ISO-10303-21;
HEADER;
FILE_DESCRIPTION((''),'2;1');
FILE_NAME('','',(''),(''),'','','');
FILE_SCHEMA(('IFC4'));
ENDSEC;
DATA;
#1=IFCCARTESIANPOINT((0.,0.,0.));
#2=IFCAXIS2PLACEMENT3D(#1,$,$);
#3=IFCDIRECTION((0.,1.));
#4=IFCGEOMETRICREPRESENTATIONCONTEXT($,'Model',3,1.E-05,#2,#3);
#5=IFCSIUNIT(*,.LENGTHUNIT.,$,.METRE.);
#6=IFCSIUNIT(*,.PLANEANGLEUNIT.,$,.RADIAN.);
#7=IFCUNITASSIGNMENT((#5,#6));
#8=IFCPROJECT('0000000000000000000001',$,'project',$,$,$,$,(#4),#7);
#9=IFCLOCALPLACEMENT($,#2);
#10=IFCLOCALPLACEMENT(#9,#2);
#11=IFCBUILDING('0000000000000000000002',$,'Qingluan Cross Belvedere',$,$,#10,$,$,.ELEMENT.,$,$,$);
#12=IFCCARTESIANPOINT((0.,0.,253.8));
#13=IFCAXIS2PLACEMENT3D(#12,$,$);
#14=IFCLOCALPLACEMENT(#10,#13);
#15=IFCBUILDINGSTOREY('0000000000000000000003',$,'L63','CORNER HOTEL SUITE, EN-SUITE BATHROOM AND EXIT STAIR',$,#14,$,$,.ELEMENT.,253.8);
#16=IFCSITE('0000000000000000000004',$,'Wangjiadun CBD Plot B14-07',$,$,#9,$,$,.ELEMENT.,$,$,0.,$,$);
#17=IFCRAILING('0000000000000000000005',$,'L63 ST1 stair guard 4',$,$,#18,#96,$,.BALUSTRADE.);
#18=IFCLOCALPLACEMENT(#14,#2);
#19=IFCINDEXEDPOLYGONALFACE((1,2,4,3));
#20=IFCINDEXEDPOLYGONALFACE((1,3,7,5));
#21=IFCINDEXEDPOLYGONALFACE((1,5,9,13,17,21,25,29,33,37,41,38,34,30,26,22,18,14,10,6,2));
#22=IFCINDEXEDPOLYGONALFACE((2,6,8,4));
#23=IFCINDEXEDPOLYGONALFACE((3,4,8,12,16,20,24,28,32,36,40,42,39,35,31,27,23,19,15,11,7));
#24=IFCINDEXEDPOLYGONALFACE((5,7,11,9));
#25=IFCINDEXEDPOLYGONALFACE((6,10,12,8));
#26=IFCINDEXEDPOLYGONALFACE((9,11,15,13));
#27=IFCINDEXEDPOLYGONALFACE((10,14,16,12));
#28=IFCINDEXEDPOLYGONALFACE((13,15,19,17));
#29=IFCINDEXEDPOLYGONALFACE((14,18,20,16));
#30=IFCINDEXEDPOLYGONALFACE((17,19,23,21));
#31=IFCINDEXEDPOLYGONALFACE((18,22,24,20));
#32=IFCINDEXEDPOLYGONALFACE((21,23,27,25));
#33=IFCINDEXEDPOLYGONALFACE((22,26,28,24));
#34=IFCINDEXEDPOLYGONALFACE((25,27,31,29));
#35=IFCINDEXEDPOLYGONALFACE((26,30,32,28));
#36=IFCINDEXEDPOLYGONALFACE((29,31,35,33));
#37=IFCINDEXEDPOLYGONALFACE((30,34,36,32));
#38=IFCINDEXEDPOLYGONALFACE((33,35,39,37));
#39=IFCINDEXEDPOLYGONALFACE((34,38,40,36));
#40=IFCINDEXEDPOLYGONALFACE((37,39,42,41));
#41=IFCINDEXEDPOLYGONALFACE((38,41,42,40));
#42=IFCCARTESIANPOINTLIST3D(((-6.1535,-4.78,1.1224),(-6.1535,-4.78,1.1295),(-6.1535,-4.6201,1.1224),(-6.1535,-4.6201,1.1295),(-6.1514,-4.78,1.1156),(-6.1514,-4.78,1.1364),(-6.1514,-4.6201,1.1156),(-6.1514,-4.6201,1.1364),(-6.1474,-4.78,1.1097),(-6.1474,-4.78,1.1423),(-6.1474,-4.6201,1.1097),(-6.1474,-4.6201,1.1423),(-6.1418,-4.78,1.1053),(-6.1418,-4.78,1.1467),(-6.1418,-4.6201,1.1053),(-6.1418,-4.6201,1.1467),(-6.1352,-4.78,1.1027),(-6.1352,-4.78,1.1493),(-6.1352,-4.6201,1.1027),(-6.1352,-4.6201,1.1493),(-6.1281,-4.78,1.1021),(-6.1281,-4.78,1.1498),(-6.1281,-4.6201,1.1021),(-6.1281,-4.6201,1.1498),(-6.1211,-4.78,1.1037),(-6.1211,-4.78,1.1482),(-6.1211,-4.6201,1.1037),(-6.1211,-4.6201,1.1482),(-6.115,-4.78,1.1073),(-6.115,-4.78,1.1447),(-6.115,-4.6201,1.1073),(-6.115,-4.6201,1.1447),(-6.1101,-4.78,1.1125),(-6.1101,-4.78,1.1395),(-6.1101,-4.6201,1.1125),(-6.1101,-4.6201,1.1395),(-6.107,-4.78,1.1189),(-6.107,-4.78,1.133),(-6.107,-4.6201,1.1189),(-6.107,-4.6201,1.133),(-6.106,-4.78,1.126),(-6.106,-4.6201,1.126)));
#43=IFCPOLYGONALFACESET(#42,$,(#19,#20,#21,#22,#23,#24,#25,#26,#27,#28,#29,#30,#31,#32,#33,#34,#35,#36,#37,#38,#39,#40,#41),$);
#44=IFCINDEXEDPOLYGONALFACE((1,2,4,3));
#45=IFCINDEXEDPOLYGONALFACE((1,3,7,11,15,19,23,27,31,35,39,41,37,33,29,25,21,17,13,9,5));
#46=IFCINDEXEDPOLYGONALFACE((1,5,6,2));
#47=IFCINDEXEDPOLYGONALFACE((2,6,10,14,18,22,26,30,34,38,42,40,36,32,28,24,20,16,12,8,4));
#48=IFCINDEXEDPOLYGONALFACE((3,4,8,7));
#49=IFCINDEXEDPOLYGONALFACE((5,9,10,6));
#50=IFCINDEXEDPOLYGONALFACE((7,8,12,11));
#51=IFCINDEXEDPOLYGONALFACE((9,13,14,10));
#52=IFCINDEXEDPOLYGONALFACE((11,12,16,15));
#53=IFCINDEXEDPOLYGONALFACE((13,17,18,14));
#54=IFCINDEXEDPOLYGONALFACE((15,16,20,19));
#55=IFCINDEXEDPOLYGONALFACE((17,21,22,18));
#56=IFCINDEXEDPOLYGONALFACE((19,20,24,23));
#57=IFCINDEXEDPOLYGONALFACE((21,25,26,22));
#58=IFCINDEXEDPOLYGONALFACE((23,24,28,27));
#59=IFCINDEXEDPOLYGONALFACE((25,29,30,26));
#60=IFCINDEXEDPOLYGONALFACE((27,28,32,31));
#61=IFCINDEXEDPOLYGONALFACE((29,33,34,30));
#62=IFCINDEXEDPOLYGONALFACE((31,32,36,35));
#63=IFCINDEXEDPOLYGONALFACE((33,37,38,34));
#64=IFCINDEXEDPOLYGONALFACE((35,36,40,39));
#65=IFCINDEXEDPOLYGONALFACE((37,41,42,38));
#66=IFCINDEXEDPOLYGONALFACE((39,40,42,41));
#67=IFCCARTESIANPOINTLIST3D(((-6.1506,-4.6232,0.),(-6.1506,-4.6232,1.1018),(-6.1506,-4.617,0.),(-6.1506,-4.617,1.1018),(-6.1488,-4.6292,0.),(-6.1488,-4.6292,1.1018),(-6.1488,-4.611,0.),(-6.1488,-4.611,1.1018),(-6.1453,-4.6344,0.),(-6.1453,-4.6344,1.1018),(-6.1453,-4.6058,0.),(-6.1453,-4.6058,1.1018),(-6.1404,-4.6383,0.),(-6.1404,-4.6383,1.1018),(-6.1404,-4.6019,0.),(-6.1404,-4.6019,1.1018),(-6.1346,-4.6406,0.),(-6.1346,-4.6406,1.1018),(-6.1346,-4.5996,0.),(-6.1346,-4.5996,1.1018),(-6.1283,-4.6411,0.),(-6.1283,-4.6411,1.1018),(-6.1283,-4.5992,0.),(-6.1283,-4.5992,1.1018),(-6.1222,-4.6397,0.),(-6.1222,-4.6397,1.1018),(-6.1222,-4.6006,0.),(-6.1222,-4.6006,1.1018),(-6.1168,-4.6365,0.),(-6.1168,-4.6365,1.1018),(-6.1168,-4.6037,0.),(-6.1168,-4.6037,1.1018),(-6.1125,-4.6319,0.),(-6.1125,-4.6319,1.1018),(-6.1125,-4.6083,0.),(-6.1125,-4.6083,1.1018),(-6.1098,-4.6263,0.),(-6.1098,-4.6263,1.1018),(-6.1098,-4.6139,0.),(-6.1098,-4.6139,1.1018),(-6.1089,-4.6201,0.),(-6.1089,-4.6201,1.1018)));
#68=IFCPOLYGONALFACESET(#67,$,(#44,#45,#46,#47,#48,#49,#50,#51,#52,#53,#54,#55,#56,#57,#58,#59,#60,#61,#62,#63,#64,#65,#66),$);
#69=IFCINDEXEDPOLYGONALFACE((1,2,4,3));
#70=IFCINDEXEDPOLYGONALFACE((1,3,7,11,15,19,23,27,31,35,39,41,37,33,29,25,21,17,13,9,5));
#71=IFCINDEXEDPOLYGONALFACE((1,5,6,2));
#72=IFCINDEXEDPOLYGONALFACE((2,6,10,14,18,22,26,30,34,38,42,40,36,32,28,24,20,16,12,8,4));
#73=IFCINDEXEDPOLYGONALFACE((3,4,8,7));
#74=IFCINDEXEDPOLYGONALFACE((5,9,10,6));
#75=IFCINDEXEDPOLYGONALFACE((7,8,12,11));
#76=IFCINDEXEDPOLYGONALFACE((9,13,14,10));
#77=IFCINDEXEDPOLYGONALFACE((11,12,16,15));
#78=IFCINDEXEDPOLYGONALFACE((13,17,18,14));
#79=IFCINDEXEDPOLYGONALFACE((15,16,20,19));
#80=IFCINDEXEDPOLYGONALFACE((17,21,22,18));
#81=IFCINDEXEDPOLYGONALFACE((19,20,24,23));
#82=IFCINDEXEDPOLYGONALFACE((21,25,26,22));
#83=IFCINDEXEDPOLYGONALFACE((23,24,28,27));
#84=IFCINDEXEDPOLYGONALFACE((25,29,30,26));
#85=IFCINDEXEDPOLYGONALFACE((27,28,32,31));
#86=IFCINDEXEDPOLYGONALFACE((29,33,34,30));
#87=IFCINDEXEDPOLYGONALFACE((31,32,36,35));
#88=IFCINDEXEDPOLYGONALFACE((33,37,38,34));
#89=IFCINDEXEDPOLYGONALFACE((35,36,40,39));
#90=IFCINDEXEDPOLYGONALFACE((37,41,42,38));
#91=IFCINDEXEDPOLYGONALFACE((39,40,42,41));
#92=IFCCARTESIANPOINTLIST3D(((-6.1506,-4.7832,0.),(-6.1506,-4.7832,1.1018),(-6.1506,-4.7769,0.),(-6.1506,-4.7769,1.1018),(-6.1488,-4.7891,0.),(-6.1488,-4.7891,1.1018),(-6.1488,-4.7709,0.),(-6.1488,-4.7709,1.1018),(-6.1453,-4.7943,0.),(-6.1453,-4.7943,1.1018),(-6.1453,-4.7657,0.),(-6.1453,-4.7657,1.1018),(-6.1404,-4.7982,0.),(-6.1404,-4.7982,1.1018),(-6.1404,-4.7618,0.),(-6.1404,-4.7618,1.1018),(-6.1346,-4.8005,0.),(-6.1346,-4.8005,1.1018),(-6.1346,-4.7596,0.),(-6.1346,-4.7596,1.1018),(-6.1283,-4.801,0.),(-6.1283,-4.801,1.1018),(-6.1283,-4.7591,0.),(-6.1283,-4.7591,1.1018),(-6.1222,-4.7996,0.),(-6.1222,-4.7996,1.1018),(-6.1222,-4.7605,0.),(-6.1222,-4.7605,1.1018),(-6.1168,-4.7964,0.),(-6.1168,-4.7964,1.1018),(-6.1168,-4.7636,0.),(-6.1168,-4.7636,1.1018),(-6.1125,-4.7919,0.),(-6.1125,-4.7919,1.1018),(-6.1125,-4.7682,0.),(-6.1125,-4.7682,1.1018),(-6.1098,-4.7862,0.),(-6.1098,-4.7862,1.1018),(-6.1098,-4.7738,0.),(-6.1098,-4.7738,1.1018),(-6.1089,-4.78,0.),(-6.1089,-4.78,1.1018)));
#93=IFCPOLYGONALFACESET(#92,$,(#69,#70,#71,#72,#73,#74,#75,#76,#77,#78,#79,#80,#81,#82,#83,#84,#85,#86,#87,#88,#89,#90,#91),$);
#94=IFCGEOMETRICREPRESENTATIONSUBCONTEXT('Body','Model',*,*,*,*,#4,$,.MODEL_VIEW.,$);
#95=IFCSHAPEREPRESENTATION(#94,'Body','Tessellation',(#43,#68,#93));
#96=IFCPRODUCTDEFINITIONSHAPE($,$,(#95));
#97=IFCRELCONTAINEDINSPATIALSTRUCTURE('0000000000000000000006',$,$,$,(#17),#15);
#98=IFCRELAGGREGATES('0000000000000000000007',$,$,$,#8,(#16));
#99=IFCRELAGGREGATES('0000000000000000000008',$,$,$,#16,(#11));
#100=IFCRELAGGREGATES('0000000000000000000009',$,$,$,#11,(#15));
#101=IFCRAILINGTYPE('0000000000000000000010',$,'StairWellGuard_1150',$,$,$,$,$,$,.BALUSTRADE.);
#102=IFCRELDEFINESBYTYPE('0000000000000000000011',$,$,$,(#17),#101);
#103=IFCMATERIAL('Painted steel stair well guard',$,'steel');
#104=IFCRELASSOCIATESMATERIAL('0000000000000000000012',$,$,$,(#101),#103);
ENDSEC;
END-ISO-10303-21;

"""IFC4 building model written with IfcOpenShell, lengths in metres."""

from ifc_helpers import new_model, si_unit, direction, frame, origin, origin_2d, place, context, subcontext, project, spatial, circle, extrude, material, type_object, element, save


model = new_model("IFC4")

# Units and contexts
model_context = context("Model", 3, precision=1e-05, world=origin(), true_north=direction((0.0, 1.0)))
body_context = subcontext(model_context, "Body", "Model", "MODEL_VIEW")
ifc_project = project(units=[si_unit("LENGTHUNIT", "METRE"), si_unit("PLANEANGLEUNIT", "RADIAN")], contexts=[model_context])

# Site, building, storey
site_placement = place(None, origin())
site = spatial("IfcSite", under=ifc_project, at=site_placement, Name="Wangjiadun CBD Plot B14-07", CompositionType="ELEMENT", RefElevation=0.0)
building_placement = place(site_placement, origin())
building = spatial("IfcBuilding", under=site, at=building_placement, Name="Qingluan Cross Belvedere", CompositionType="ELEMENT")
storey_placement = place(building_placement, frame((0.0, 0.0, 253.8)))
storey = spatial("IfcBuildingStorey", under=building, at=storey_placement, Name="L63", Description="CORNER HOTEL SUITE, EN-SUITE BATHROOM AND EXIT STAIR", CompositionType="ELEMENT", Elevation=253.8)

# Railing
ifc_material_1 = material(Name="Painted steel stair well guard", Category="steel")
railing_type_1 = type_object("IfcRailingType", Name="StairWellGuard_1150", PredefinedType="BALUSTRADE", material=ifc_material_1)
railing_1_placement = place(storey_placement, frame((-6.1299, -4.6201, 0.0)))
element("IfcRailing", 1, at=railing_1_placement, inside=storey, type_object=railing_type_1, Name="L63 ST1 stair guard 4", PredefinedType="BALUSTRADE", context=body_context, shape_type="SweptSolid", body=[
    extrude(circle(Radius=0.0239, at=origin_2d()), frame((0.0, 0.0, 1.126), z_axis=(0.0, -1.0, 0.0), x_axis=(1.0, 0.0, 0.0)), (0.0, 0.0, 1.0), 0.1599),
    extrude(circle(Radius=0.021, at=origin_2d()), origin(), (0.0, 0.0, 1.0), 1.1018),
    extrude(circle(Radius=0.021, at=origin_2d()), frame((0.0, -0.1599, 0.0)), (0.0, 0.0, 1.0), 1.1018),
])

save(model, "model.ifc")
